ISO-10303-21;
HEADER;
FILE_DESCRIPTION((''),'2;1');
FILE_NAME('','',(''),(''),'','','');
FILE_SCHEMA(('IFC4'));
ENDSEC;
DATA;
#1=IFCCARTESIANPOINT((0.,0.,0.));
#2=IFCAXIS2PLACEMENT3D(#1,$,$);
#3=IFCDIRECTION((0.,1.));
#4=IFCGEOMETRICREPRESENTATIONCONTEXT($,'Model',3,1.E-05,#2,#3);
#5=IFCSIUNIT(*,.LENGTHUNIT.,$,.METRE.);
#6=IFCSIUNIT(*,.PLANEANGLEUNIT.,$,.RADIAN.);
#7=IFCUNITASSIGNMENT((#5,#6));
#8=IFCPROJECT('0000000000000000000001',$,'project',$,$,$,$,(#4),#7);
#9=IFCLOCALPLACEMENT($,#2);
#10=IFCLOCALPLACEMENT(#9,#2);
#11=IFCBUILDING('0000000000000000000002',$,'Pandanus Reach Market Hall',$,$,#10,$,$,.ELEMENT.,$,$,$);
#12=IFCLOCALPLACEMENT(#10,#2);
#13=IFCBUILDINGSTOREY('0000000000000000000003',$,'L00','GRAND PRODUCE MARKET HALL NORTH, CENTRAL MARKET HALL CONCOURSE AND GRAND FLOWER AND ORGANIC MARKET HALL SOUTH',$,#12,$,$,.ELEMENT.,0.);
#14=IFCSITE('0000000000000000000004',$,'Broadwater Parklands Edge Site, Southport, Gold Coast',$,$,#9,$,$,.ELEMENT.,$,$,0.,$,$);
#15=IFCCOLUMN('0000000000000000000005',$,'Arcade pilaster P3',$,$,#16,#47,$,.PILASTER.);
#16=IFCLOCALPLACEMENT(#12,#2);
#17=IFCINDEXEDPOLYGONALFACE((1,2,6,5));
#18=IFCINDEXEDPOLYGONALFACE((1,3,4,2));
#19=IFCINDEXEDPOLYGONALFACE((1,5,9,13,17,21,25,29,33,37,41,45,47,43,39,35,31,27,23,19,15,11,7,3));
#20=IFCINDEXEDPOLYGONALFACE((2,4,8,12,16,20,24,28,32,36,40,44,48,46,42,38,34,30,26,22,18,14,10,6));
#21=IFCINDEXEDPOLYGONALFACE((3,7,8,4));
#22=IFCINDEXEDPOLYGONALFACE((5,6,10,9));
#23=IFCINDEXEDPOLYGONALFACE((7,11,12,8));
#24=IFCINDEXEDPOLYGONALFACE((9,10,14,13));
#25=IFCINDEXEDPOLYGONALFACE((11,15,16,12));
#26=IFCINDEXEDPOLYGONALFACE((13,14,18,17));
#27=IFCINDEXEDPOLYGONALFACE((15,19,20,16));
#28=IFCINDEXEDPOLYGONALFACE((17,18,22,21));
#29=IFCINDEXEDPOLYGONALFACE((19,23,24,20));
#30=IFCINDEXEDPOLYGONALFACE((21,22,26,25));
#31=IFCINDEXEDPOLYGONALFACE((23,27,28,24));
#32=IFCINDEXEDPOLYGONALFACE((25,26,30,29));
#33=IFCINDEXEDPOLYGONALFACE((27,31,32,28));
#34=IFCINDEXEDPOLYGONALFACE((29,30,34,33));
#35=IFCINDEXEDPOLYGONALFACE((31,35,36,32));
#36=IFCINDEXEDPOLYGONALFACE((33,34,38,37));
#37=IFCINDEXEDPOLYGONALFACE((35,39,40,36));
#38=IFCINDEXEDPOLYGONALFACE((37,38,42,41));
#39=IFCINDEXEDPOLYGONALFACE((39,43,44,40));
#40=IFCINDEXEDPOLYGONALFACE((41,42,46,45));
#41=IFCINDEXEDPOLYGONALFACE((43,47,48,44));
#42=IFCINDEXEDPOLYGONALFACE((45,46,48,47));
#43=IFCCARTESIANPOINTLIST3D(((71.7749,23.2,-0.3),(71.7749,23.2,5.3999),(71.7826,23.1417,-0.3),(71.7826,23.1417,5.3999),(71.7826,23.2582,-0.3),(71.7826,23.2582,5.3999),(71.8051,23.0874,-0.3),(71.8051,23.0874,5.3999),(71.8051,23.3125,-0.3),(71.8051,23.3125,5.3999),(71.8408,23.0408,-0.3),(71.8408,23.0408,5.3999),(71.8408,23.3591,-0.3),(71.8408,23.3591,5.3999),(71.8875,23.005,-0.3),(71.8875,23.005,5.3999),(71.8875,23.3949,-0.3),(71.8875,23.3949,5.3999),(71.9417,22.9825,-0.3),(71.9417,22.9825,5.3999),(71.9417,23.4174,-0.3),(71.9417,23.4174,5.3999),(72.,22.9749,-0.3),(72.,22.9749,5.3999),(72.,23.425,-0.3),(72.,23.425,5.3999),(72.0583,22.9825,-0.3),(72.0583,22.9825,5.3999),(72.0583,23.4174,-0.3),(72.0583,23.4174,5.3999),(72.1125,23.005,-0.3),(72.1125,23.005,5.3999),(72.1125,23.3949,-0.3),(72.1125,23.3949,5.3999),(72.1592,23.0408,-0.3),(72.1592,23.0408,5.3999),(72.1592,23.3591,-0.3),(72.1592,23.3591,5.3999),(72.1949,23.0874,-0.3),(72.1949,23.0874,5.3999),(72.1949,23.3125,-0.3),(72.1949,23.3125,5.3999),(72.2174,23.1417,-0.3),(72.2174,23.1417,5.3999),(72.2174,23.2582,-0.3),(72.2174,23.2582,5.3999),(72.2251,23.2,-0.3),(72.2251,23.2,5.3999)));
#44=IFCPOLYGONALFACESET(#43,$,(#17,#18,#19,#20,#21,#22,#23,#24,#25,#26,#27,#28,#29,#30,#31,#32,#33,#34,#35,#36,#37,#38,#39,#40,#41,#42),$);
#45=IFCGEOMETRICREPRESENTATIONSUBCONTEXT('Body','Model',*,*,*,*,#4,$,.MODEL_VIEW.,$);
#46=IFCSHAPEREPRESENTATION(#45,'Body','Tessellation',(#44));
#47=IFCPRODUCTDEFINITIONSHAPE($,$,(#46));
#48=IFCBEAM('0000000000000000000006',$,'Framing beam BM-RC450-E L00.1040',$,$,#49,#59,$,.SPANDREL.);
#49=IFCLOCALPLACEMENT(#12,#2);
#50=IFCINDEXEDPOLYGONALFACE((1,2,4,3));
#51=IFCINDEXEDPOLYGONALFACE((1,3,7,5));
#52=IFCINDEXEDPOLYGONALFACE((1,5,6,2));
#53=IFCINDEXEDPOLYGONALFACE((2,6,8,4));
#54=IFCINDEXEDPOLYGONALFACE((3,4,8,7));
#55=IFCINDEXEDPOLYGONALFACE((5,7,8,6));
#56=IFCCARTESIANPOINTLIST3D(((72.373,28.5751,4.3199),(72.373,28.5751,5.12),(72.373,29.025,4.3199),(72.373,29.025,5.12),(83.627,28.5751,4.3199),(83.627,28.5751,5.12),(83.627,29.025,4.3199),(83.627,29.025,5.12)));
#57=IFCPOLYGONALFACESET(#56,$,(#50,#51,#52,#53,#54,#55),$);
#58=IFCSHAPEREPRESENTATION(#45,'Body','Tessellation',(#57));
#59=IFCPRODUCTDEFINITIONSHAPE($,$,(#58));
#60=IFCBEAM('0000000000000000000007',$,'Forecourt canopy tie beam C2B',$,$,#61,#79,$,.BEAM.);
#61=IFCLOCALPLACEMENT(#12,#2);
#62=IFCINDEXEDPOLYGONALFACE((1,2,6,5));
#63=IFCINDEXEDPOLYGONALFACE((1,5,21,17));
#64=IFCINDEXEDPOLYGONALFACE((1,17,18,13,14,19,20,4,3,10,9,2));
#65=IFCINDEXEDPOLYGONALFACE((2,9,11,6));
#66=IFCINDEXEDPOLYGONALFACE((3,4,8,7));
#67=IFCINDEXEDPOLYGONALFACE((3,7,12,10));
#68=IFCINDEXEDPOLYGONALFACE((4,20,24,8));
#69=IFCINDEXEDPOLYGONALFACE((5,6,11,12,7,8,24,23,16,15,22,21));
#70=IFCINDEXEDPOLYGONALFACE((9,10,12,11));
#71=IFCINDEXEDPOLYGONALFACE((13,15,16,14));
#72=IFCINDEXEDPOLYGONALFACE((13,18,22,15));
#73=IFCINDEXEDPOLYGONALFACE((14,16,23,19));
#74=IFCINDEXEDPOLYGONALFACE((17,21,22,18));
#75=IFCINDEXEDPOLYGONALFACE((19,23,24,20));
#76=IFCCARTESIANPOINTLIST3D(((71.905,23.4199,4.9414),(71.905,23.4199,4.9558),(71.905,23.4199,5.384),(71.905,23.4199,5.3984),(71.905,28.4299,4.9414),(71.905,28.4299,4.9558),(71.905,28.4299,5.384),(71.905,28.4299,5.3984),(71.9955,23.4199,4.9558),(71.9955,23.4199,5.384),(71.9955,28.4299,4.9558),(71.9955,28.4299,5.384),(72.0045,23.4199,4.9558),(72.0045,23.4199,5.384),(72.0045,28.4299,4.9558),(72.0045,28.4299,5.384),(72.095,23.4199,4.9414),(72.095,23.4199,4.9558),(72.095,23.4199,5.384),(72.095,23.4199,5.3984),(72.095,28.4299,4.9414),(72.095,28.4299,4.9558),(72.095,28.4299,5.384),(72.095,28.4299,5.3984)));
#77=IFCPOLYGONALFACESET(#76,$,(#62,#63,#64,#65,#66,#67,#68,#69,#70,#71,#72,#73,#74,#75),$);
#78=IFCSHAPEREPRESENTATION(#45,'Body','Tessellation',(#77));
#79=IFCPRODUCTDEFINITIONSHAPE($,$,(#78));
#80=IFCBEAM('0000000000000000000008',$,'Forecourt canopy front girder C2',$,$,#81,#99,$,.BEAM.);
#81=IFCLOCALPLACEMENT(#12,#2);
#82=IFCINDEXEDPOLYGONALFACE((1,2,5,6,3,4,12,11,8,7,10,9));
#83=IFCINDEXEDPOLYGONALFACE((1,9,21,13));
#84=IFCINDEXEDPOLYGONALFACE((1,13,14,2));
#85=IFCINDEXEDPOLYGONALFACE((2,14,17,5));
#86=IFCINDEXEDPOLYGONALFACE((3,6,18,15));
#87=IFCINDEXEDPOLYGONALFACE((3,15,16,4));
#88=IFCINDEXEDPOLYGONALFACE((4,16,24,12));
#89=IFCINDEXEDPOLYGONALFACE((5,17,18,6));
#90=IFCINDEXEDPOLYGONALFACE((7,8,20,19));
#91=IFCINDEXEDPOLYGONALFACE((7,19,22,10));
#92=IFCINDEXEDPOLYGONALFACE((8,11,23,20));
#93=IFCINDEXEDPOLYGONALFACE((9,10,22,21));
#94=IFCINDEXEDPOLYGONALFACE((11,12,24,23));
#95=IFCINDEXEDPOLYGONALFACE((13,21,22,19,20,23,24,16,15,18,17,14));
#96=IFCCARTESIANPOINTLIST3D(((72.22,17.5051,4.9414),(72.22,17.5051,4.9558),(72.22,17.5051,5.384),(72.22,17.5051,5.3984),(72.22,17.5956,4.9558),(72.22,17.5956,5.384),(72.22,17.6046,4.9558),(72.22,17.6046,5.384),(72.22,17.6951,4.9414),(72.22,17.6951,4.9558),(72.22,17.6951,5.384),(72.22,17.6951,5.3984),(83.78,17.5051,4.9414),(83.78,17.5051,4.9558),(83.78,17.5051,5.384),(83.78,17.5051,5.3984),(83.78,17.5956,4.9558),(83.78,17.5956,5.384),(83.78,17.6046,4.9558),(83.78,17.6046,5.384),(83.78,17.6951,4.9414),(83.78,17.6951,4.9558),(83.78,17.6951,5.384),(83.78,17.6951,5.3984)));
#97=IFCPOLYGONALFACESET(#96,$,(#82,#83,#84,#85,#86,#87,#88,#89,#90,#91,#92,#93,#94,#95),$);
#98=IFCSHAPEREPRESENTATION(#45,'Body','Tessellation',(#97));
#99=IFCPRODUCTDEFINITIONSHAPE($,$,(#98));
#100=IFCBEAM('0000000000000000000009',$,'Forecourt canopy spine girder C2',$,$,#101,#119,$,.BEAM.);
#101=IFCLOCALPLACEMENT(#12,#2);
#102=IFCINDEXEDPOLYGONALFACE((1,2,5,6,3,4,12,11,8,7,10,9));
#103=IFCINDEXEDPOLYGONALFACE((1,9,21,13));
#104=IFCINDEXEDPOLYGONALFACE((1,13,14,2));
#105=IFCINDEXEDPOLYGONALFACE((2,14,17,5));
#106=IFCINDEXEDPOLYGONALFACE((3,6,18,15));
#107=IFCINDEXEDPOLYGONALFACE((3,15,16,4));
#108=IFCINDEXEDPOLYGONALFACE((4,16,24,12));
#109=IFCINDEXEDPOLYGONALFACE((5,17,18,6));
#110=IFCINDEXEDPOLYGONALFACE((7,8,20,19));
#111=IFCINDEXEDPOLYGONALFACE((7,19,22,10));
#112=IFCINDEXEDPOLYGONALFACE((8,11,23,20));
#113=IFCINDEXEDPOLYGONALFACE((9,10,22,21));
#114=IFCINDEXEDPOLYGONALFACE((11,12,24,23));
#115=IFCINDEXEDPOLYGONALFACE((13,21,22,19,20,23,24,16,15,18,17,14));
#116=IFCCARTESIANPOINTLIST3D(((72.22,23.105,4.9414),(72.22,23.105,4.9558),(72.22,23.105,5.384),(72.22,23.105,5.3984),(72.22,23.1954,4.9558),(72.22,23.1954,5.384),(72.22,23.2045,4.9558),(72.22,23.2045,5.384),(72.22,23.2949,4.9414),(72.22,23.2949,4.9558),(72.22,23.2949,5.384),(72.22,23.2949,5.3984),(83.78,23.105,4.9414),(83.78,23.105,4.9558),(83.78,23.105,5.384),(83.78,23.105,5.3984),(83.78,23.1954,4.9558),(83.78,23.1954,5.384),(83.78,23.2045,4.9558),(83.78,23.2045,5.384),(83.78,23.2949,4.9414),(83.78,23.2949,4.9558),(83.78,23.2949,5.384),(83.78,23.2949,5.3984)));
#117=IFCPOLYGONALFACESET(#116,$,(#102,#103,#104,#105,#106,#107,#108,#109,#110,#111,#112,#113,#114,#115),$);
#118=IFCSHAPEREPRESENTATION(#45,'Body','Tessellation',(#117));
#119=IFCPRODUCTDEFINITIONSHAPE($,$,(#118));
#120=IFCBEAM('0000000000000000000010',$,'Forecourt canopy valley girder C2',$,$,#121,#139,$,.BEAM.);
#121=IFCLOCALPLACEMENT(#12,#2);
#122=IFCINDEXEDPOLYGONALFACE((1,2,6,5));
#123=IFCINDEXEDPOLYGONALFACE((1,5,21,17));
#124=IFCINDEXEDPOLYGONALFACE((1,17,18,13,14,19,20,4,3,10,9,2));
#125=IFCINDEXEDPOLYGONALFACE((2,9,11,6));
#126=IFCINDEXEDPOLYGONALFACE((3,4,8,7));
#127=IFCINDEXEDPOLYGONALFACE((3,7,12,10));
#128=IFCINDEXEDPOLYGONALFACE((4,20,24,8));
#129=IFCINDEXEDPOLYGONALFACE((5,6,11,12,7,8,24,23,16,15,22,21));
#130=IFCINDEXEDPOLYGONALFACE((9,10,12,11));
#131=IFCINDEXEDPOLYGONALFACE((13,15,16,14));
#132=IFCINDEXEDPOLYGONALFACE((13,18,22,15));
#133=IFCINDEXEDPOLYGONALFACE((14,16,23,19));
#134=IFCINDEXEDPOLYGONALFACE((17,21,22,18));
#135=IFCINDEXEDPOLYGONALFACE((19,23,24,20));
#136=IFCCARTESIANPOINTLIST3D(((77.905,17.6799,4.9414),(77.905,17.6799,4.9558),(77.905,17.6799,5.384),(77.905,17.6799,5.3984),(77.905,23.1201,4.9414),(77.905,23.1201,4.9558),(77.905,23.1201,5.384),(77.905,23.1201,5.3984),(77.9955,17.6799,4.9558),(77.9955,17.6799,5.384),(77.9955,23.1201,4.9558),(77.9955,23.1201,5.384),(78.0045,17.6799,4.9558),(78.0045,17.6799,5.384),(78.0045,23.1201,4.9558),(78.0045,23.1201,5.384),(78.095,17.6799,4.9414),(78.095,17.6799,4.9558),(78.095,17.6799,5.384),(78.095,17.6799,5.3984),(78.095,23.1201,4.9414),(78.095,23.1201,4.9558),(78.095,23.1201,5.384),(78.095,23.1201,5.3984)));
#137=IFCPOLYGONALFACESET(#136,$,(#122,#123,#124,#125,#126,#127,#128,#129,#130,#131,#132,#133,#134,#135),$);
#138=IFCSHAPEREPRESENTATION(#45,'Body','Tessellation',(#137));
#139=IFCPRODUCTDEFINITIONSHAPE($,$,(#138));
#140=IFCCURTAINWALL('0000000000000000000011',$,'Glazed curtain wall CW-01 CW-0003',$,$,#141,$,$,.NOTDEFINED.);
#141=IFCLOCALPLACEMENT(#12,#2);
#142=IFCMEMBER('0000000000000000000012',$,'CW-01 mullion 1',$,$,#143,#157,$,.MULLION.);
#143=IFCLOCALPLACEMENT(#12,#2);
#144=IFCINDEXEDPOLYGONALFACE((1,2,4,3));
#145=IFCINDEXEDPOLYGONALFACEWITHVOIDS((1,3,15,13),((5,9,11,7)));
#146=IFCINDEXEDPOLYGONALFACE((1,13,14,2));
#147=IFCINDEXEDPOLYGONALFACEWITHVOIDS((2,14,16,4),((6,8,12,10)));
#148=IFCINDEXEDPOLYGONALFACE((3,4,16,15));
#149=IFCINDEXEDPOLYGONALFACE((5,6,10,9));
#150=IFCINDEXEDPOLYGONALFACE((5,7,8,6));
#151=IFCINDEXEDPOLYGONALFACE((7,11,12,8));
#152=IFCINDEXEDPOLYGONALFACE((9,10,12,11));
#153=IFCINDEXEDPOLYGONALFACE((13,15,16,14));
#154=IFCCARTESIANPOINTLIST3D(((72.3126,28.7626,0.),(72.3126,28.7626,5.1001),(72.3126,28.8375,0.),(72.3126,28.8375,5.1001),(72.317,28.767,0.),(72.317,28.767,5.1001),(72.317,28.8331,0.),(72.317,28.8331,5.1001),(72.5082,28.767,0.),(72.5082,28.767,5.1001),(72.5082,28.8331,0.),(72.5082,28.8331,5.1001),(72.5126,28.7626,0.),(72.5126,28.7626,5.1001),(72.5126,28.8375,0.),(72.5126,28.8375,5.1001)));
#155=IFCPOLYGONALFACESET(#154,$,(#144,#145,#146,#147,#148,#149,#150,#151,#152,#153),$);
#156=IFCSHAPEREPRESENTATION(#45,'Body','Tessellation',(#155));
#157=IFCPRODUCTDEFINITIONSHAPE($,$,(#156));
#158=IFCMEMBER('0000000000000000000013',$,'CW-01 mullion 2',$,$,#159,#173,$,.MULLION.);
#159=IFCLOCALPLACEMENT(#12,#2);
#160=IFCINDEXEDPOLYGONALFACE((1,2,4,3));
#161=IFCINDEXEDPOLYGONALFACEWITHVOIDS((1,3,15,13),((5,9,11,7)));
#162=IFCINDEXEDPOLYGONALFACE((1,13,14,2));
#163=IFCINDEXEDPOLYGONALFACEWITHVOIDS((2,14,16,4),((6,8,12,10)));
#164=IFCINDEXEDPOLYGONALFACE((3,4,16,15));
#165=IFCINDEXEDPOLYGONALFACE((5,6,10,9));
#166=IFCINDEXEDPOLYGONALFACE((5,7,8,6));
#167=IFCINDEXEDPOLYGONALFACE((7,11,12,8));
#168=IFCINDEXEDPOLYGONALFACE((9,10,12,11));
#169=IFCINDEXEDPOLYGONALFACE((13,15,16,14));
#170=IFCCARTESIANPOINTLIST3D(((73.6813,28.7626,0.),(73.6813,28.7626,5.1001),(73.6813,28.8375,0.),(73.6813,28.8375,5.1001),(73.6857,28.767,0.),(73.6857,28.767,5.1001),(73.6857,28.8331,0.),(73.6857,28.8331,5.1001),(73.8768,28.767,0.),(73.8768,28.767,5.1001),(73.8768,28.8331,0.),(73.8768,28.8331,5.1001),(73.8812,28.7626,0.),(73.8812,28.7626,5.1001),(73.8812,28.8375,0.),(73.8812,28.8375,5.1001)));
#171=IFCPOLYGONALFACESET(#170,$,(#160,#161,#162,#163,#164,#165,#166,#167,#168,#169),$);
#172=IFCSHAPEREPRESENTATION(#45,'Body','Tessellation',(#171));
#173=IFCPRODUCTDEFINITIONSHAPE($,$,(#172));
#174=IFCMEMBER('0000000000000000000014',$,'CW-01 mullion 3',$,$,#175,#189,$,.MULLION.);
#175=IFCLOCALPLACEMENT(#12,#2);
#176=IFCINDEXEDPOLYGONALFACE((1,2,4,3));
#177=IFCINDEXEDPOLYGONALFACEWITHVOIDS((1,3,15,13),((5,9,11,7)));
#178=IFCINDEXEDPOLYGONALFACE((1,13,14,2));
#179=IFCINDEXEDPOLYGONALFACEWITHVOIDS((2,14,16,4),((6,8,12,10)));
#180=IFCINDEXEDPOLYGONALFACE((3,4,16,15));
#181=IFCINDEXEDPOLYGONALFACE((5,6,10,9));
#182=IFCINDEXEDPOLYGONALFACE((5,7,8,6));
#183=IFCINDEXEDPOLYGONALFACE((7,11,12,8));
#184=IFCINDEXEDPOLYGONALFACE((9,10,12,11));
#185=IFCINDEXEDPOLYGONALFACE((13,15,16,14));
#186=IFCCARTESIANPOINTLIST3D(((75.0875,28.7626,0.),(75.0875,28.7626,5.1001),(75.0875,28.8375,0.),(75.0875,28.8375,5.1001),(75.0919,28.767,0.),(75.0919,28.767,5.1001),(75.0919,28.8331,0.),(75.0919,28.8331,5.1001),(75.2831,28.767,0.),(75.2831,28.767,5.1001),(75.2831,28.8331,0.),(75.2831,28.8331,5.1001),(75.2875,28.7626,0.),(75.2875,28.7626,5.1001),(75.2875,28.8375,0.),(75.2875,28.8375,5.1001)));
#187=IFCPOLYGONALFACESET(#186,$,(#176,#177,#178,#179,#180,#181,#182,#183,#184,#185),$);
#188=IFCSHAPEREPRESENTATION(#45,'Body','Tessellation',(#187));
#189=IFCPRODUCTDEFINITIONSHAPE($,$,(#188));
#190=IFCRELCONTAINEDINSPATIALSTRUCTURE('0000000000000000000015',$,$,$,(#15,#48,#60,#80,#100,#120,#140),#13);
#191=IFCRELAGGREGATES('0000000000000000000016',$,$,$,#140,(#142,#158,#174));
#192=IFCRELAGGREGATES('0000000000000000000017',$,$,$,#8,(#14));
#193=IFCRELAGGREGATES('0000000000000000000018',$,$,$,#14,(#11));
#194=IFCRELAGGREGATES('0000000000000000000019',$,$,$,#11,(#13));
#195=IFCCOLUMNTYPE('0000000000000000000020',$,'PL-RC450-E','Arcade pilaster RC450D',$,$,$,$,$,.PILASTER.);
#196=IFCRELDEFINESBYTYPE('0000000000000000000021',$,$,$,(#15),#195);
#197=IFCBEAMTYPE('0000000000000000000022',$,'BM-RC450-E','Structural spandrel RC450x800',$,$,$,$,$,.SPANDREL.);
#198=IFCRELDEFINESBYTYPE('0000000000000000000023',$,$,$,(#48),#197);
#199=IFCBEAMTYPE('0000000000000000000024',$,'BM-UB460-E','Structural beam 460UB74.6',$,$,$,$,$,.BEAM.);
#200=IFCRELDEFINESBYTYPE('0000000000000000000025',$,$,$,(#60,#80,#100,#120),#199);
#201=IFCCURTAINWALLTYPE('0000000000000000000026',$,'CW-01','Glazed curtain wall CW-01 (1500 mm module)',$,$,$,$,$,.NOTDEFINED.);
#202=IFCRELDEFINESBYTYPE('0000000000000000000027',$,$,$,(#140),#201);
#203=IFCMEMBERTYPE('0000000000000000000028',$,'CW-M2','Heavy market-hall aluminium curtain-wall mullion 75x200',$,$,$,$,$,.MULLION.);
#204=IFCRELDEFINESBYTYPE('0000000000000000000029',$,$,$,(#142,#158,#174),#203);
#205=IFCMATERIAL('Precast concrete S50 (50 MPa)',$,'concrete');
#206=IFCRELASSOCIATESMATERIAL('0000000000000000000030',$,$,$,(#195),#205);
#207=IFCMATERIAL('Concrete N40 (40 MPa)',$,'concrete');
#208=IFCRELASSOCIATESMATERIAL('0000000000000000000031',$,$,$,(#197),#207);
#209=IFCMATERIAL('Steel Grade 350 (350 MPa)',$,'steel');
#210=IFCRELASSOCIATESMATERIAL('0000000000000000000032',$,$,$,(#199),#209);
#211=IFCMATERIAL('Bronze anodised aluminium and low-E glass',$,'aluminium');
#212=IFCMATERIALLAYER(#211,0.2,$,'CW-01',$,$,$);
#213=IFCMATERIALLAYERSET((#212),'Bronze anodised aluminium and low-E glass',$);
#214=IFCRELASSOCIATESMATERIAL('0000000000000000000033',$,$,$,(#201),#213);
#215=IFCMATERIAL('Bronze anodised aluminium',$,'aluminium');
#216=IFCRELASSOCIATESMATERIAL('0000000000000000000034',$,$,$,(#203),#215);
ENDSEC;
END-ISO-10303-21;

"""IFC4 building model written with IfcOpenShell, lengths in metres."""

from ifc_helpers import new_model, si_unit, direction, frame, origin, origin_2d, place, context, subcontext, project, spatial, rectangle, hollow_rectangle, circle, i_section, extrude, material, layer, layer_set, material_profile, profile_set, type_object, element, aggregate, save


model = new_model("IFC4")

# Units and contexts
model_context = context("Model", 3, precision=1e-05, world=origin(), true_north=direction((0.0, 1.0)))
body_context = subcontext(model_context, "Body", "Model", "MODEL_VIEW")
ifc_project = project(units=[si_unit("LENGTHUNIT", "METRE"), si_unit("PLANEANGLEUNIT", "RADIAN")], contexts=[model_context])

# Site, building, storey
site_placement = place(None, origin())
site = spatial("IfcSite", under=ifc_project, at=site_placement, Name="Broadwater Parklands Edge Site, Southport, Gold Coast", CompositionType="ELEMENT", RefElevation=0.0)
building_placement = place(site_placement, origin())
building = spatial("IfcBuilding", under=site, at=building_placement, Name="Pandanus Reach Market Hall", CompositionType="ELEMENT")
storey_placement = place(building_placement, origin())
storey = spatial("IfcBuildingStorey", under=building, at=storey_placement, Name="L00", Description="GRAND PRODUCE MARKET HALL NORTH, CENTRAL MARKET HALL CONCOURSE AND GRAND FLOWER AND ORGANIC MARKET HALL SOUTH", CompositionType="ELEMENT", Elevation=0.0)

# Shared definitions
ifc_material_1 = material(Name="Concrete N40 (40 MPa)", Category="concrete")

# Column
ifc_material_2 = material(Name="Precast concrete S50 (50 MPa)", Category="concrete")
ifc_material_profile_1 = material_profile(ifc_material_2, circle(Radius=0.2251, at=origin_2d()), Name="RC450D", Category="LoadBearing")
ifc_profile_set_1 = profile_set([ifc_material_profile_1], Name="Precast concrete S50 (50 MPa)")
column_type_1 = type_object("IfcColumnType", Name="PL-RC450-E", Description="Arcade pilaster RC450D", PredefinedType="PILASTER", material=ifc_profile_set_1)
column_1_placement = place(storey_placement, frame((72.0, 23.2, -0.3), z_axis=(0.0, 0.0, 1.0), x_axis=(1.0, 0.0, 0.0)))
element("IfcColumn", 1, at=column_1_placement, inside=storey, type_object=column_type_1, Name="Arcade pilaster P3", PredefinedType="PILASTER", context=body_context, shape_type="SweptSolid", body=[
    extrude(circle(Radius=0.2251, at=origin_2d()), origin(), (0.0, 0.0, 1.0), 5.7),
])

# Beams
ifc_material_profile_2 = material_profile(ifc_material_1, rectangle(XDim=0.45, YDim=0.8, at=origin_2d()), Name="RC450x800", Category="LoadBearing")
ifc_profile_set_2 = profile_set([ifc_material_profile_2], Name="Concrete N40 (40 MPa)")
beam_type_1 = type_object("IfcBeamType", Name="BM-RC450-E", Description="Structural spandrel RC450x800", PredefinedType="SPANDREL", material=ifc_profile_set_2)
beam_1_placement = place(storey_placement, frame((72.373, 28.8, 4.72), z_axis=(1.0, 0.0, 0.0), x_axis=(0.0, 1.0, 0.0)))
element("IfcBeam", 2, at=beam_1_placement, inside=storey, type_object=beam_type_1, Name="Framing beam BM-RC450-E L00.1040", PredefinedType="SPANDREL", context=body_context, shape_type="SweptSolid", body=[
    extrude(rectangle(XDim=0.45, YDim=0.8, at=origin_2d()), origin(), (0.0, 0.0, 1.0), 11.2539),
])
ifc_material_3 = material(Name="Steel Grade 350 (350 MPa)", Category="steel")
ifc_material_profile_3 = material_profile(ifc_material_3, i_section(OverallWidth=0.1899, OverallDepth=0.457, WebThickness=0.009, FlangeThickness=0.0144, at=origin_2d()), Name="460UB74.6", Category="LoadBearing")
ifc_profile_set_3 = profile_set([ifc_material_profile_3], Name="Steel Grade 350 (350 MPa)")
beam_type_2 = type_object("IfcBeamType", Name="BM-UB460-E", Description="Structural beam 460UB74.6", PredefinedType="BEAM", material=ifc_profile_set_3)
beam_2_placement = place(storey_placement, frame((72.0, 23.4199, 5.1699), z_axis=(0.0, 1.0, 0.0), x_axis=(-1.0, 0.0, 0.0)))
element("IfcBeam", 3, at=beam_2_placement, inside=storey, type_object=beam_type_2, Name="Forecourt canopy tie beam C2B", PredefinedType="BEAM", context=body_context, shape_type="SweptSolid", body=[
    extrude(i_section(OverallWidth=0.1899, OverallDepth=0.457, WebThickness=0.009, FlangeThickness=0.0144, at=origin_2d()), origin(), (0.0, 0.0, 1.0), 5.01),
])
for number, where, z_axis, x_axis, name in (
    (4, (72.22, 17.6001, 5.1699), (1.0, 0.0, 0.0), (0.0, 1.0, 0.0), "Forecourt canopy front girder C2"),
    (5, (72.22, 23.2, 5.1699), (1.0, 0.0, 0.0), (0.0, 1.0, 0.0), "Forecourt canopy spine girder C2"),
):
    element("IfcBeam", number, at=place(storey_placement, frame(where, z_axis=z_axis, x_axis=x_axis)), inside=storey, type_object=beam_type_2, Name=name, PredefinedType="BEAM", context=body_context, shape_type="SweptSolid", body=[
        extrude(i_section(OverallWidth=0.1899, OverallDepth=0.457, WebThickness=0.009, FlangeThickness=0.0144, at=origin_2d()), origin(), (0.0, 0.0, 1.0), 11.5601),
    ])
beam_3_placement = place(storey_placement, frame((78.0, 17.6799, 5.1699), z_axis=(0.0, 1.0, 0.0), x_axis=(-1.0, 0.0, 0.0)))
element("IfcBeam", 6, at=beam_3_placement, inside=storey, type_object=beam_type_2, Name="Forecourt canopy valley girder C2", PredefinedType="BEAM", context=body_context, shape_type="SweptSolid", body=[
    extrude(i_section(OverallWidth=0.1899, OverallDepth=0.457, WebThickness=0.009, FlangeThickness=0.0144, at=origin_2d()), origin(), (0.0, 0.0, 1.0), 5.4402),
])

# Curtain wall, members
ifc_material_4 = material(Name="Bronze anodised aluminium and low-E glass", Category="aluminium")
ifc_layer_1 = layer(ifc_material_4, 0.2, Name="CW-01")
ifc_layer_set_1 = layer_set([ifc_layer_1], Name="Bronze anodised aluminium and low-E glass")
curtain_wall_type = type_object("IfcCurtainWallType", Name="CW-01", Description="Glazed curtain wall CW-01 (1500 mm module)", PredefinedType="NOTDEFINED", material=ifc_layer_set_1)
curtain_wall_placement = place(storey_placement, origin())
curtain_wall = element("IfcCurtainWall", 7, at=curtain_wall_placement, inside=storey, type_object=curtain_wall_type, Name="Glazed curtain wall CW-01 CW-0003", PredefinedType="NOTDEFINED")
ifc_material_5 = material(Name="Bronze anodised aluminium", Category="aluminium")
ifc_material_profile_4 = material_profile(ifc_material_5, hollow_rectangle(XDim=0.075, YDim=0.2, WallThickness=0.0044, at=origin_2d()), Name="ALU75x200", Category="LoadBearing")
ifc_profile_set_4 = profile_set([ifc_material_profile_4], Name="Bronze anodised aluminium")
member_type_1 = type_object("IfcMemberType", Name="CW-M2", Description="Heavy market-hall aluminium curtain-wall mullion 75x200", PredefinedType="MULLION", material=ifc_profile_set_4)
member_1_placement = place(storey_placement, frame((72.4126, 28.8, 0.0), z_axis=(0.0, 0.0, 1.0), x_axis=(0.0, 1.0, 0.0)))
member_1 = element("IfcMember", 8, at=member_1_placement, type_object=member_type_1, Name="CW-01 mullion 1", PredefinedType="MULLION", context=body_context, shape_type="SweptSolid", body=[
    extrude(hollow_rectangle(XDim=0.075, YDim=0.2, WallThickness=0.0044, at=origin_2d()), origin(), (0.0, 0.0, 1.0), 5.1001),
])
member_2_placement = place(storey_placement, frame((73.7812, 28.8, 0.0), z_axis=(0.0, 0.0, 1.0), x_axis=(0.0, 1.0, 0.0)))
member_2 = element("IfcMember", 9, at=member_2_placement, type_object=member_type_1, Name="CW-01 mullion 2", PredefinedType="MULLION", context=body_context, shape_type="SweptSolid", body=[
    extrude(hollow_rectangle(XDim=0.075, YDim=0.2, WallThickness=0.0044, at=origin_2d()), origin(), (0.0, 0.0, 1.0), 5.1001),
])
member_3_placement = place(storey_placement, frame((75.1875, 28.8, 0.0), z_axis=(0.0, 0.0, 1.0), x_axis=(0.0, 1.0, 0.0)))
member_3 = element("IfcMember", 10, at=member_3_placement, type_object=member_type_1, Name="CW-01 mullion 3", PredefinedType="MULLION", context=body_context, shape_type="SweptSolid", body=[
    extrude(hollow_rectangle(XDim=0.075, YDim=0.2, WallThickness=0.0044, at=origin_2d()), origin(), (0.0, 0.0, 1.0), 5.1001),
])

aggregate(curtain_wall, [member_1, member_2, member_3])

save(model, "model.ifc")
